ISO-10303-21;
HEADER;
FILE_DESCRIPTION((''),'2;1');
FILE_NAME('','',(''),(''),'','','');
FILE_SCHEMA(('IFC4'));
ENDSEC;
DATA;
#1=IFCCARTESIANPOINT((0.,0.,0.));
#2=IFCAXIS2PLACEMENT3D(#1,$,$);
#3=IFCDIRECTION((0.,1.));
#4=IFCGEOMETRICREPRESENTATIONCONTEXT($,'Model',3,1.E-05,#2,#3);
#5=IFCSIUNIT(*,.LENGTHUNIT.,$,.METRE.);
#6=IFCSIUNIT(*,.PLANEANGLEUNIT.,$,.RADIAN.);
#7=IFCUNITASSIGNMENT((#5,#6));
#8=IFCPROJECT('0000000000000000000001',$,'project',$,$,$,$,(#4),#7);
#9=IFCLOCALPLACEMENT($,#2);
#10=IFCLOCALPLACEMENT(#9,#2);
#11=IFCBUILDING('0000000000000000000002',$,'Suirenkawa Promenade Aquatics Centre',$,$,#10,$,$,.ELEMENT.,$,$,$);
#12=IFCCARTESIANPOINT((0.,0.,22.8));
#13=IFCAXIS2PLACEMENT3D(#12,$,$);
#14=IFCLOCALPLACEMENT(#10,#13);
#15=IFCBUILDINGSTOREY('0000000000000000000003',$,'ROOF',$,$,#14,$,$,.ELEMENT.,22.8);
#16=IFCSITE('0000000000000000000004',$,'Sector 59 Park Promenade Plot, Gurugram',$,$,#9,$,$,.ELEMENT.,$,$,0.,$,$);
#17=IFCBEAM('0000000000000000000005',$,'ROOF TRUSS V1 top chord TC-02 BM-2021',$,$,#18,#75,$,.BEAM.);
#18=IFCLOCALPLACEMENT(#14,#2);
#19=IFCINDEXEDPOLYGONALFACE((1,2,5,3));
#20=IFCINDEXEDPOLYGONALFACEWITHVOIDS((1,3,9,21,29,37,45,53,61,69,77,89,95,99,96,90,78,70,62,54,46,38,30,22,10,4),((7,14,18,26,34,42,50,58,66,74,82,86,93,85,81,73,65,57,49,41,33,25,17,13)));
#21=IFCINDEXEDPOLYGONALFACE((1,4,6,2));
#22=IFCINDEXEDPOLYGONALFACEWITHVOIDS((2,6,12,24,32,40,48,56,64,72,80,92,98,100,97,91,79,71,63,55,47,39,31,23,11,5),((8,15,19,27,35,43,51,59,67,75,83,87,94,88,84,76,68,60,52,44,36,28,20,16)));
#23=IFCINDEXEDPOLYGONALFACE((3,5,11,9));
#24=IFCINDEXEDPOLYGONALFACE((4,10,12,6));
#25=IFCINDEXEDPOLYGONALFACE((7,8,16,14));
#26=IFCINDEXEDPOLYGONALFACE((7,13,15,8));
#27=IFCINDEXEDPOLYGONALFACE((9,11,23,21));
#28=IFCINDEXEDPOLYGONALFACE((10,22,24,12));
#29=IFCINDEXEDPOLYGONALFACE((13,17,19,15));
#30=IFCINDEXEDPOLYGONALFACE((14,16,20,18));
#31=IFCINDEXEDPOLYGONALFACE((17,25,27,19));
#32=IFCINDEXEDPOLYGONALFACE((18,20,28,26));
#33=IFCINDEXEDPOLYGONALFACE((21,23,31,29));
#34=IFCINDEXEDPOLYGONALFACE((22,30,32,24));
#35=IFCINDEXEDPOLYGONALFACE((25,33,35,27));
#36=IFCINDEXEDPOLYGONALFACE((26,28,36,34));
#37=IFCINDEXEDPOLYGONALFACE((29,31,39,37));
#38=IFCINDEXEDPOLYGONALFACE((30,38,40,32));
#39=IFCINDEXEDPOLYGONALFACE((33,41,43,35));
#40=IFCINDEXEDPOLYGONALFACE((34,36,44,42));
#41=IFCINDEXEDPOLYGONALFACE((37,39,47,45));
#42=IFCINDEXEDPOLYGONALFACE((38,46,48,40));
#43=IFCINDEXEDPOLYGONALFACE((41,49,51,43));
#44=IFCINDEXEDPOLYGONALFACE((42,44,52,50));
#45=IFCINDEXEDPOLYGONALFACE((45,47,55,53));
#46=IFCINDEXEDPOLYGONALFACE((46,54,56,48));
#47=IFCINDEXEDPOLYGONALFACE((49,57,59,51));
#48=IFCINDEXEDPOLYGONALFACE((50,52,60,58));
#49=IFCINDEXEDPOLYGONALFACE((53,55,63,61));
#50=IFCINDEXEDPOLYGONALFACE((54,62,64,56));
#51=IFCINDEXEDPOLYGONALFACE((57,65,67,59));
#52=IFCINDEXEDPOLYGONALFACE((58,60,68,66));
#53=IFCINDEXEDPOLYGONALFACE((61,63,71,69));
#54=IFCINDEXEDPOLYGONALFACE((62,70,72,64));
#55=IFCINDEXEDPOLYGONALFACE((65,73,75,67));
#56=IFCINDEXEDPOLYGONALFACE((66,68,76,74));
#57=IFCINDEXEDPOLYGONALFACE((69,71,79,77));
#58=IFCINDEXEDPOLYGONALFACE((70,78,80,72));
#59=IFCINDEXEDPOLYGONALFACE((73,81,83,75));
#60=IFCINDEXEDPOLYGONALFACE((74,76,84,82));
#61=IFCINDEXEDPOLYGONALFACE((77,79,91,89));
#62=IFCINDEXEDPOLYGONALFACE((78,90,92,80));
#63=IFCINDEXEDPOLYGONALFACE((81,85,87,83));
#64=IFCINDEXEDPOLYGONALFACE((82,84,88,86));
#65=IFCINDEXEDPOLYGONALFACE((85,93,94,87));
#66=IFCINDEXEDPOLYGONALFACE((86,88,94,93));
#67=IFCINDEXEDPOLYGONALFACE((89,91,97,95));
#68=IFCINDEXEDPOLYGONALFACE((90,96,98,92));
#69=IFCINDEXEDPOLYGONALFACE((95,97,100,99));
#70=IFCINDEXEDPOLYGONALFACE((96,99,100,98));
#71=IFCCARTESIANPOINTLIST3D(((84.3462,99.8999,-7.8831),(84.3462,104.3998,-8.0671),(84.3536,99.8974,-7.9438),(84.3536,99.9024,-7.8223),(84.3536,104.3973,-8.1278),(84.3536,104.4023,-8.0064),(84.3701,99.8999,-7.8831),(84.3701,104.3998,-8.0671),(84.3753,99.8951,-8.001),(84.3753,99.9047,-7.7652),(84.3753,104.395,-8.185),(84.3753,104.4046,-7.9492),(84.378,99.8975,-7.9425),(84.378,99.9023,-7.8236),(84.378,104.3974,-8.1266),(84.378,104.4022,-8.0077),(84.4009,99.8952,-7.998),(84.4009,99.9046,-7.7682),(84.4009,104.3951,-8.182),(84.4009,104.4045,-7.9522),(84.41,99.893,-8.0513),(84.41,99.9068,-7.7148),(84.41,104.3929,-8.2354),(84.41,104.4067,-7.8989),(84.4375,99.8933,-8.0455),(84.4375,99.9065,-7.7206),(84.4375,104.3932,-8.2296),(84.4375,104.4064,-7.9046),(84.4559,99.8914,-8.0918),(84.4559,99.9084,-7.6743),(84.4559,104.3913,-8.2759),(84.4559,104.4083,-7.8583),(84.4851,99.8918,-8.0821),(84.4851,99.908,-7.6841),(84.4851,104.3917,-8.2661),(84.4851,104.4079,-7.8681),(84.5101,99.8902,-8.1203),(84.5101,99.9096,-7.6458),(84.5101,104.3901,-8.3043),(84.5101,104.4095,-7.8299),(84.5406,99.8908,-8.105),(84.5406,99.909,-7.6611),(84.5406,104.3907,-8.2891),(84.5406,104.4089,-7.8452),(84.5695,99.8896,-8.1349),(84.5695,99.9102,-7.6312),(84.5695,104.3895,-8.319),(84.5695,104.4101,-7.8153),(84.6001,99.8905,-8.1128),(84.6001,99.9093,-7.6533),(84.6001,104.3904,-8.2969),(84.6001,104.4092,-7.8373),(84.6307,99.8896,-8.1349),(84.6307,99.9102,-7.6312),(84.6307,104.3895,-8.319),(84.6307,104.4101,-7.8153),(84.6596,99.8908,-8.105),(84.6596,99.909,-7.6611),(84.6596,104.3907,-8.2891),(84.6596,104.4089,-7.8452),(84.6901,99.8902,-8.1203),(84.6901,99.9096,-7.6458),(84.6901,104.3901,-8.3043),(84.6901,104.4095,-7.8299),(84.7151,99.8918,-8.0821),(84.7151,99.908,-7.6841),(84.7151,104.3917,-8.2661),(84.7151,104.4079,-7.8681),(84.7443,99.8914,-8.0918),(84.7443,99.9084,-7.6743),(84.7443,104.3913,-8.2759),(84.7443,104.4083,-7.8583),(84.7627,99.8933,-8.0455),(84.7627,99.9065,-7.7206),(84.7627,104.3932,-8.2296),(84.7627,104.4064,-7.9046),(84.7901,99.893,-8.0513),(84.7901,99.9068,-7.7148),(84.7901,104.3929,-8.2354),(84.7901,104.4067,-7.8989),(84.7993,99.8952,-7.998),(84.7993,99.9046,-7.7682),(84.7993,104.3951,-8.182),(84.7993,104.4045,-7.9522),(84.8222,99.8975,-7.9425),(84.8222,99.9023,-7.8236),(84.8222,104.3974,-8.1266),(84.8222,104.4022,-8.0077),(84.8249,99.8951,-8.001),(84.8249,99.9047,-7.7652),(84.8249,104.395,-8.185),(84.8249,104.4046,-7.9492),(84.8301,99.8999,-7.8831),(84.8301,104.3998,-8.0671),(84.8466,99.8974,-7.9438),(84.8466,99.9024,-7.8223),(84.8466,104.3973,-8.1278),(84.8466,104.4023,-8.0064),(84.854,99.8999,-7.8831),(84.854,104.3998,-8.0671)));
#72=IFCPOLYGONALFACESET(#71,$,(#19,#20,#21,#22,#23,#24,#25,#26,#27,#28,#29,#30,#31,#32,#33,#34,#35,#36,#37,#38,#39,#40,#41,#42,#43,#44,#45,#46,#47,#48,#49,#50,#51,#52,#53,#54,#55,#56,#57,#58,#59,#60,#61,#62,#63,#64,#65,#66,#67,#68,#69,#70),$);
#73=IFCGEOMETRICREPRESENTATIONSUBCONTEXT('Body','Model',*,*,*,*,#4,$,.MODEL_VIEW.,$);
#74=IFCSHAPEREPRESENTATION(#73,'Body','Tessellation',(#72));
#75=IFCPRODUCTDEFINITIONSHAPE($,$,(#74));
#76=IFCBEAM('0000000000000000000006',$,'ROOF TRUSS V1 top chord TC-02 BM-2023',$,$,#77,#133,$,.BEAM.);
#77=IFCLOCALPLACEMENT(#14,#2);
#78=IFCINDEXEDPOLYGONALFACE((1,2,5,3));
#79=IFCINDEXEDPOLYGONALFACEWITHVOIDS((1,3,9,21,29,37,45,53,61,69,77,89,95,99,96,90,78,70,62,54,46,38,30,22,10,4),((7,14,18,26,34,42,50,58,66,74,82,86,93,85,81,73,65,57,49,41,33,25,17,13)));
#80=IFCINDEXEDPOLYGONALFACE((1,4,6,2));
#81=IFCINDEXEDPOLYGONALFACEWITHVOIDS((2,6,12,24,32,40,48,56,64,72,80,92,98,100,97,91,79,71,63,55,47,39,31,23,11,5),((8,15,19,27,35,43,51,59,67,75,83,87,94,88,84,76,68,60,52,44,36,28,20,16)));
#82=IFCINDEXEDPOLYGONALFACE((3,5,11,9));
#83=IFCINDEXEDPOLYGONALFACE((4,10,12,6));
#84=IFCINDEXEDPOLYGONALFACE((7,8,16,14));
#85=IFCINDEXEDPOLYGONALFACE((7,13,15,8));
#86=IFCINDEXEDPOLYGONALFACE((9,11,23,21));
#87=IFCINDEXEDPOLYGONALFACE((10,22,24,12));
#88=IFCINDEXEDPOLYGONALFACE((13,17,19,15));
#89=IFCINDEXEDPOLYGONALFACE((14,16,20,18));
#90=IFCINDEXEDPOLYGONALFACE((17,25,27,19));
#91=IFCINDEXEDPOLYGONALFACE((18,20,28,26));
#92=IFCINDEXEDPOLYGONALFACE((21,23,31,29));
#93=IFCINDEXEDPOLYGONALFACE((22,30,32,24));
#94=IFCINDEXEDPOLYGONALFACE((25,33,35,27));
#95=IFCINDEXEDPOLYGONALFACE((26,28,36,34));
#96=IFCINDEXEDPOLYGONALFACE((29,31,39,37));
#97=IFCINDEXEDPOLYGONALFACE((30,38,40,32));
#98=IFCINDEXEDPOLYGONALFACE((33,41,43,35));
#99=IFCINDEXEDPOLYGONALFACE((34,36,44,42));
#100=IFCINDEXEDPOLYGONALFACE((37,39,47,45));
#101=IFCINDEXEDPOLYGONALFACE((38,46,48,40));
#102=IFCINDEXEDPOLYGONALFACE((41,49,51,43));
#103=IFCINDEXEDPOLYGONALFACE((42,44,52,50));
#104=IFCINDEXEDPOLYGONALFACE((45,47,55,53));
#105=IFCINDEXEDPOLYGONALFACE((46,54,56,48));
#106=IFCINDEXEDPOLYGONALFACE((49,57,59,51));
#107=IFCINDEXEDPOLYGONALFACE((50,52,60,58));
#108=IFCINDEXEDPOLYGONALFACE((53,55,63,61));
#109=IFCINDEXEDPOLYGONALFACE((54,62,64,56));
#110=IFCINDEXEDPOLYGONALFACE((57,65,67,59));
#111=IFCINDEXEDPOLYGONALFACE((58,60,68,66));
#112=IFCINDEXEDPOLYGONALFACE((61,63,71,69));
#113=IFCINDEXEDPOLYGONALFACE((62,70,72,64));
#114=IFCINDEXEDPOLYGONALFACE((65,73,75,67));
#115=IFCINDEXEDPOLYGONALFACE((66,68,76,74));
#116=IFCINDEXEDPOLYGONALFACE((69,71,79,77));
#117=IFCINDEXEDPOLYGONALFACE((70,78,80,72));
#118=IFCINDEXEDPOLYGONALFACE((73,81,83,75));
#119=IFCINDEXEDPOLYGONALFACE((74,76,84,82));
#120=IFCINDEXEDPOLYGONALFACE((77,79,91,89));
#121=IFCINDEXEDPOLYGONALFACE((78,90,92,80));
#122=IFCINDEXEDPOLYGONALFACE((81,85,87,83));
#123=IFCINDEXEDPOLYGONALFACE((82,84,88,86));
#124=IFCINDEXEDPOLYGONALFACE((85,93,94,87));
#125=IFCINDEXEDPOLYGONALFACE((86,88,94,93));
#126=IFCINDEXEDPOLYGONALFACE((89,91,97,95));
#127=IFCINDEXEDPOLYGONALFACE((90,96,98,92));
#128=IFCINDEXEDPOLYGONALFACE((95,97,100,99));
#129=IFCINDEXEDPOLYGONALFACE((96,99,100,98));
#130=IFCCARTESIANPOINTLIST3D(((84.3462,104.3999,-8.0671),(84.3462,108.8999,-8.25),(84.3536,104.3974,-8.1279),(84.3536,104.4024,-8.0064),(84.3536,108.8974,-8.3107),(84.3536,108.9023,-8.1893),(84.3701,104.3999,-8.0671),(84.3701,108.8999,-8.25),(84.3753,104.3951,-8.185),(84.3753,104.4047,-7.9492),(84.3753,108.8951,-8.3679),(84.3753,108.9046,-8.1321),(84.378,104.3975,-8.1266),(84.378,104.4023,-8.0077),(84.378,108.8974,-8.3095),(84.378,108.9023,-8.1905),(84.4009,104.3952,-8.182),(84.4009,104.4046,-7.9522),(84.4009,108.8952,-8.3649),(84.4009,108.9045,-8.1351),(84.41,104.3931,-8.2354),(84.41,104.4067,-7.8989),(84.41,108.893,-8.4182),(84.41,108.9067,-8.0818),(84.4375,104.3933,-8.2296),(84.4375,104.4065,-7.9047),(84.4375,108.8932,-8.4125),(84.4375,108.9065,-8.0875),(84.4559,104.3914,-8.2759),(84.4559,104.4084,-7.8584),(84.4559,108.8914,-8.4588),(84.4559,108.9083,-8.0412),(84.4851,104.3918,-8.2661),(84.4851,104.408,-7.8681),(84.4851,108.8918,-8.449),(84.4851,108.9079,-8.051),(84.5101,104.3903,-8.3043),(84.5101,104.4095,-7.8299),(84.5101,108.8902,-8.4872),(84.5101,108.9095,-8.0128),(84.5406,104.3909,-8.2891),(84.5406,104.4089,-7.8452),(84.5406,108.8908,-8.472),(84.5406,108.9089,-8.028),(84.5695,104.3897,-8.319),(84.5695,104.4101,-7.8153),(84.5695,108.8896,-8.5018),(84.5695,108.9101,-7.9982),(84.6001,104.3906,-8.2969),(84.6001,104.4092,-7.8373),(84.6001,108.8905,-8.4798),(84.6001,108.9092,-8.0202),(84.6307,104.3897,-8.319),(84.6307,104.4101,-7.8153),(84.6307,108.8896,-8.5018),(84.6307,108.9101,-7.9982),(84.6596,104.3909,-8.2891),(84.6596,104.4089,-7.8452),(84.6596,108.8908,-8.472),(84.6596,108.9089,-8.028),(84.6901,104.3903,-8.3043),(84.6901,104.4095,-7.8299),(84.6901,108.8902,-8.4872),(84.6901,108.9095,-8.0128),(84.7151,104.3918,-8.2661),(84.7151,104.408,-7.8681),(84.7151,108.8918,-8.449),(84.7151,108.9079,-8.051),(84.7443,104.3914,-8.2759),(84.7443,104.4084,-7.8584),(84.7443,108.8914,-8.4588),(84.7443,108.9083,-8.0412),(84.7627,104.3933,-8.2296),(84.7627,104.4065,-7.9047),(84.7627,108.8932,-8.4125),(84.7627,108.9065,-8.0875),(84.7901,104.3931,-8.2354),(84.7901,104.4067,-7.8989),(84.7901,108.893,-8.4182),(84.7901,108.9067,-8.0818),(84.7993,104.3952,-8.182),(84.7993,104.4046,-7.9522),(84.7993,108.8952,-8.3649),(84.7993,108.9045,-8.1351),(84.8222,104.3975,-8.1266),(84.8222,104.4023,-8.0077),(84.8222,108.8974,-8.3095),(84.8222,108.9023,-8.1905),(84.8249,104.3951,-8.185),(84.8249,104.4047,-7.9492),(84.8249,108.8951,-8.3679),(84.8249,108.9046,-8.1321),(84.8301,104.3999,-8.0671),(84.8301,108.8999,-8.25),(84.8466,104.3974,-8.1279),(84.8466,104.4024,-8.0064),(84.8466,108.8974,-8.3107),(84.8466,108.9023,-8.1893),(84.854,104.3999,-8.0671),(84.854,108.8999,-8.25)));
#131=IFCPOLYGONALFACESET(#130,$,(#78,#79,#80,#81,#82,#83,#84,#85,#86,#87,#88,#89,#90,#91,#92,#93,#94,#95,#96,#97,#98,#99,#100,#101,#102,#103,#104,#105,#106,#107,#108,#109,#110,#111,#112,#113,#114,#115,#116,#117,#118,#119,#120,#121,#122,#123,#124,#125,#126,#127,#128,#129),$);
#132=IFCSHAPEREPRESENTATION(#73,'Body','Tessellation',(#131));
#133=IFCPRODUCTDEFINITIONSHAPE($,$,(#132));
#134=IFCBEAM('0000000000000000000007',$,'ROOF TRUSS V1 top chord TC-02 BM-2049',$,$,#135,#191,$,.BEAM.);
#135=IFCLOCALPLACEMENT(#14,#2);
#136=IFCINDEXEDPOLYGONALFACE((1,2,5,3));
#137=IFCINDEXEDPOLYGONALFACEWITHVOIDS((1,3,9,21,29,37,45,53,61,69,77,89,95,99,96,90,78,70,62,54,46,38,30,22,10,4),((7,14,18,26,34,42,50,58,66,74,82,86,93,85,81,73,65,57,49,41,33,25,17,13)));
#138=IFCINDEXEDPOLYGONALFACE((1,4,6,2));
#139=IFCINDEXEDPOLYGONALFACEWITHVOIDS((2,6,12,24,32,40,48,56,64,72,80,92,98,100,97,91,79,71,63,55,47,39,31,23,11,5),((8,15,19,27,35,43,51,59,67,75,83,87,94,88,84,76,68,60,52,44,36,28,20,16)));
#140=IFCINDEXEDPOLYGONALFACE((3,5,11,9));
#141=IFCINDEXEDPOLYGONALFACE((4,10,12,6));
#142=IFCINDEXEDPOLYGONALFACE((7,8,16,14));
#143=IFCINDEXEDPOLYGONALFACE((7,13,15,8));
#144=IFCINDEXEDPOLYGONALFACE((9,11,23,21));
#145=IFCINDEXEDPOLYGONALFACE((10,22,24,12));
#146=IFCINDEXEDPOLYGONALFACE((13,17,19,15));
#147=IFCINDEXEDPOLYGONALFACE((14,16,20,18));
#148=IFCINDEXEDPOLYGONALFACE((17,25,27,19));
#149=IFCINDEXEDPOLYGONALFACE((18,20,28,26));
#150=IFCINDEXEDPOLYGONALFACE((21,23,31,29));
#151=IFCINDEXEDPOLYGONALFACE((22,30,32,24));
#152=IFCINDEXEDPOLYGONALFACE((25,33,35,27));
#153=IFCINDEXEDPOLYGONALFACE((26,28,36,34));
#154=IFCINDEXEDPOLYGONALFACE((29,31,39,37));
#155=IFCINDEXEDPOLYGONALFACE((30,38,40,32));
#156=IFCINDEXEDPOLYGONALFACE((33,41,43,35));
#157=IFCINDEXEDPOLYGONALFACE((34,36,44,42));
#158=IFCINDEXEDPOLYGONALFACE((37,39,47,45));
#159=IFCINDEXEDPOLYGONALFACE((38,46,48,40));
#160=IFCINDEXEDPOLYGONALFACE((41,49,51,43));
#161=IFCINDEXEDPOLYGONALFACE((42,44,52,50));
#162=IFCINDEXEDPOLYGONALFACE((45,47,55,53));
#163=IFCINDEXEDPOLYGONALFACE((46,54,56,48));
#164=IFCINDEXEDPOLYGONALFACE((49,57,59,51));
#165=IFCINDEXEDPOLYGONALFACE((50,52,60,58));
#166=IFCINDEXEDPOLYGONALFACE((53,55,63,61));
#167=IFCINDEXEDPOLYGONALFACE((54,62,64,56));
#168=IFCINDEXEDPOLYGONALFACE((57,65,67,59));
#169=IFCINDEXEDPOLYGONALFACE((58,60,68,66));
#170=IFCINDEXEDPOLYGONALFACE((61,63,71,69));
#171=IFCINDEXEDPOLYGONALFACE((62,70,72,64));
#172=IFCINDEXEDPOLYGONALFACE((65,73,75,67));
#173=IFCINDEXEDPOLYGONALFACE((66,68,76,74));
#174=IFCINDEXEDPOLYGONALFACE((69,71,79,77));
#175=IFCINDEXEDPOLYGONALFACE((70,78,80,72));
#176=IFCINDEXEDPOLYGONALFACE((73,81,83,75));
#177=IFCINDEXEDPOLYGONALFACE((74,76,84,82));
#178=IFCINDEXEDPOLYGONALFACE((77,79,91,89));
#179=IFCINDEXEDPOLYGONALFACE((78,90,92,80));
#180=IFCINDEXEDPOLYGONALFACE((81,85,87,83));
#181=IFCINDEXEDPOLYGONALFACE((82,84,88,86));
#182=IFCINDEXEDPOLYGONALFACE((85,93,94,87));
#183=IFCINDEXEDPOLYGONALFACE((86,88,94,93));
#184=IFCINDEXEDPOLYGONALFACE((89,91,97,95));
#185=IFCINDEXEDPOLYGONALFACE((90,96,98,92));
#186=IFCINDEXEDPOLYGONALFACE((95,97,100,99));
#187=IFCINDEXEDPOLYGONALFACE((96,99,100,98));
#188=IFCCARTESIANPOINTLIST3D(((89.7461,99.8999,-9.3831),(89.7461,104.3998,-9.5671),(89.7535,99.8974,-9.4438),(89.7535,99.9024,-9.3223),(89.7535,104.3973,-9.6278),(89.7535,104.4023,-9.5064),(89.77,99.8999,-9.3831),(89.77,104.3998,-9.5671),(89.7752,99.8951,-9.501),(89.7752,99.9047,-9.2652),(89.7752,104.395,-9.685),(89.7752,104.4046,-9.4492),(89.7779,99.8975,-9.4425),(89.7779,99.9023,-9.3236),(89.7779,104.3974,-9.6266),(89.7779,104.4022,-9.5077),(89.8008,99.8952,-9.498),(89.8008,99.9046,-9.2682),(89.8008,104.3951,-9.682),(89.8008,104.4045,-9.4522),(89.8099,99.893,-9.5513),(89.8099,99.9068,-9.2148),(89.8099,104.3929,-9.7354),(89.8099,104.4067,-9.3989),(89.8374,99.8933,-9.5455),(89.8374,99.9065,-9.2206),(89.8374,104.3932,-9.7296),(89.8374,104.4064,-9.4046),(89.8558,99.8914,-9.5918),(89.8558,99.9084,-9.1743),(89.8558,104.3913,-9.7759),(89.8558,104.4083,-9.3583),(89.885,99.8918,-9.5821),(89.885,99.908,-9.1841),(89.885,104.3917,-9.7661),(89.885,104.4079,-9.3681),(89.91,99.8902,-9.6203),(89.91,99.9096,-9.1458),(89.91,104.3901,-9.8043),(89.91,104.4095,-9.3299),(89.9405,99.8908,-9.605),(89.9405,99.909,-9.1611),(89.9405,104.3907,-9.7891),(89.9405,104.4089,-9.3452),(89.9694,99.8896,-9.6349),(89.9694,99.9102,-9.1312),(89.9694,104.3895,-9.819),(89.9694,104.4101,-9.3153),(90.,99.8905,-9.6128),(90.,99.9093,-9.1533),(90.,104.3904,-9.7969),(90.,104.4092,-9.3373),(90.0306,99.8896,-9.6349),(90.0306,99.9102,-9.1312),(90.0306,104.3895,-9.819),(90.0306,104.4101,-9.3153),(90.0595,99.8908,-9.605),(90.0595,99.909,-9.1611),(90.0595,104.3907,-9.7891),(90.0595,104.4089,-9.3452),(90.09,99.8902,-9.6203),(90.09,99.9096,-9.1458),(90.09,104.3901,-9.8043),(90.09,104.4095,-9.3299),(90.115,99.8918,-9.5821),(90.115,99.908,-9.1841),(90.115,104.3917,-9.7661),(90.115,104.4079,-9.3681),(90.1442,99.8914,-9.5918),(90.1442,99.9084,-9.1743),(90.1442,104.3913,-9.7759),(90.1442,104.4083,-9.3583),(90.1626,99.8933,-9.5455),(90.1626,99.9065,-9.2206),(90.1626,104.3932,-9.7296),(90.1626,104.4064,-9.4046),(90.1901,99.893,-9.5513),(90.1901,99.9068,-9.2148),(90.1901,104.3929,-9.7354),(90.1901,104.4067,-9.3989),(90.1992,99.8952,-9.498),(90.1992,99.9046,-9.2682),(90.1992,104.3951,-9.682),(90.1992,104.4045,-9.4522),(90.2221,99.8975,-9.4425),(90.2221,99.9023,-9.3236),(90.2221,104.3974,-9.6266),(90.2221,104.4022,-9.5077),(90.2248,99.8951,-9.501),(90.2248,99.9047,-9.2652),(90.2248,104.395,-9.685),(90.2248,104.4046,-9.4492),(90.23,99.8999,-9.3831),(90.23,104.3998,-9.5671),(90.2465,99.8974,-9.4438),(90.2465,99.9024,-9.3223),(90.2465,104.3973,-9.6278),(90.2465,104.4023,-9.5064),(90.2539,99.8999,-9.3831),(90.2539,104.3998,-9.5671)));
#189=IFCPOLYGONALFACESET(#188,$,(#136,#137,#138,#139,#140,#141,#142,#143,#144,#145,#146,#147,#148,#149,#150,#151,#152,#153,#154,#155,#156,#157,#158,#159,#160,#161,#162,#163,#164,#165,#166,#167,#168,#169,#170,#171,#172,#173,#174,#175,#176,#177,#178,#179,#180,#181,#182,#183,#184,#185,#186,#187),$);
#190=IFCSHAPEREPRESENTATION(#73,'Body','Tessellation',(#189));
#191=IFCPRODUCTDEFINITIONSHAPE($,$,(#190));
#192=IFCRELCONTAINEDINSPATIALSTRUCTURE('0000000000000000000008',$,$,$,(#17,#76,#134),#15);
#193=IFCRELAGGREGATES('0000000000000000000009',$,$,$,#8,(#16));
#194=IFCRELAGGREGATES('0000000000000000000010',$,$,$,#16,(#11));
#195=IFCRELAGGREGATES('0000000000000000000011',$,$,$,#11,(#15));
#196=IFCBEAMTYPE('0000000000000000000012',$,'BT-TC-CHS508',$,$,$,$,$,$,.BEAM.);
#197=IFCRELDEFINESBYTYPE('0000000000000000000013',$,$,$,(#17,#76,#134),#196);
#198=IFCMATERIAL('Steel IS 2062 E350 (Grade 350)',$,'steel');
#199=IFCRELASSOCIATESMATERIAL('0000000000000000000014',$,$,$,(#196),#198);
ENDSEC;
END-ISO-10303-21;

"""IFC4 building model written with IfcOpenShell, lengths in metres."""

from ifc_helpers import new_model, si_unit, direction, frame, origin, origin_2d, place, context, subcontext, project, spatial, hollow_circle, extrude, material, material_profile, profile_set, type_object, element, save


model = new_model("IFC4")

# Units and contexts
model_context = context("Model", 3, precision=1e-05, world=origin(), true_north=direction((0.0, 1.0)))
body_context = subcontext(model_context, "Body", "Model", "MODEL_VIEW")
ifc_project = project(units=[si_unit("LENGTHUNIT", "METRE"), si_unit("PLANEANGLEUNIT", "RADIAN")], contexts=[model_context])

# Site, building, storey
site_placement = place(None, origin())
site = spatial("IfcSite", under=ifc_project, at=site_placement, Name="Sector 59 Park Promenade Plot, Gurugram", CompositionType="ELEMENT", RefElevation=0.0)
building_placement = place(site_placement, origin())
building = spatial("IfcBuilding", under=site, at=building_placement, Name="Suirenkawa Promenade Aquatics Centre", CompositionType="ELEMENT")
storey_placement = place(building_placement, frame((0.0, 0.0, 22.8)))
storey = spatial("IfcBuildingStorey", under=building, at=storey_placement, Name="ROOF", CompositionType="ELEMENT", Elevation=22.8)

# Beams
ifc_material_1 = material(Name="Steel IS 2062 E350 (Grade 350)", Category="steel")
ifc_material_profile_1 = material_profile(ifc_material_1, hollow_circle(Radius=0.2539, WallThickness=0.0239, at=origin_2d()), Name="CHS 508x24", Category="steel")
ifc_profile_set_1 = profile_set([ifc_material_profile_1], Name="Steel IS 2062 E350 (Grade 350)")
beam_type_1 = type_object("IfcBeamType", Name="BT-TC-CHS508", PredefinedType="BEAM", material=ifc_profile_set_1)
for number, where, z_axis, x_axis, name in (
    (1, (84.6001, 99.8999, -7.8831), (0.0, 0.999164, -0.040873), (-1.0, 0.0, 0.0), "ROOF TRUSS V1 top chord TC-02 BM-2021"),
    (2, (84.6001, 104.3999, -8.0671), (0.0, 0.999175, -0.040602), (-1.0, 0.0, 0.0), "ROOF TRUSS V1 top chord TC-02 BM-2023"),
    (3, (90.0, 99.8999, -9.3831), (0.0, 0.999164, -0.040873), (-1.0, 0.0, 0.0), "ROOF TRUSS V1 top chord TC-02 BM-2049"),
):
    element("IfcBeam", number, at=place(storey_placement, frame(where, z_axis=z_axis, x_axis=x_axis)), inside=storey, type_object=beam_type_1, Name=name, PredefinedType="BEAM", context=body_context, shape_type="SweptSolid", body=[
        extrude(hollow_circle(Radius=0.2539, WallThickness=0.0239, at=origin_2d()), origin(), (0.0, 0.0, 1.0), 4.5037),
    ])

save(model, "model.ifc")
